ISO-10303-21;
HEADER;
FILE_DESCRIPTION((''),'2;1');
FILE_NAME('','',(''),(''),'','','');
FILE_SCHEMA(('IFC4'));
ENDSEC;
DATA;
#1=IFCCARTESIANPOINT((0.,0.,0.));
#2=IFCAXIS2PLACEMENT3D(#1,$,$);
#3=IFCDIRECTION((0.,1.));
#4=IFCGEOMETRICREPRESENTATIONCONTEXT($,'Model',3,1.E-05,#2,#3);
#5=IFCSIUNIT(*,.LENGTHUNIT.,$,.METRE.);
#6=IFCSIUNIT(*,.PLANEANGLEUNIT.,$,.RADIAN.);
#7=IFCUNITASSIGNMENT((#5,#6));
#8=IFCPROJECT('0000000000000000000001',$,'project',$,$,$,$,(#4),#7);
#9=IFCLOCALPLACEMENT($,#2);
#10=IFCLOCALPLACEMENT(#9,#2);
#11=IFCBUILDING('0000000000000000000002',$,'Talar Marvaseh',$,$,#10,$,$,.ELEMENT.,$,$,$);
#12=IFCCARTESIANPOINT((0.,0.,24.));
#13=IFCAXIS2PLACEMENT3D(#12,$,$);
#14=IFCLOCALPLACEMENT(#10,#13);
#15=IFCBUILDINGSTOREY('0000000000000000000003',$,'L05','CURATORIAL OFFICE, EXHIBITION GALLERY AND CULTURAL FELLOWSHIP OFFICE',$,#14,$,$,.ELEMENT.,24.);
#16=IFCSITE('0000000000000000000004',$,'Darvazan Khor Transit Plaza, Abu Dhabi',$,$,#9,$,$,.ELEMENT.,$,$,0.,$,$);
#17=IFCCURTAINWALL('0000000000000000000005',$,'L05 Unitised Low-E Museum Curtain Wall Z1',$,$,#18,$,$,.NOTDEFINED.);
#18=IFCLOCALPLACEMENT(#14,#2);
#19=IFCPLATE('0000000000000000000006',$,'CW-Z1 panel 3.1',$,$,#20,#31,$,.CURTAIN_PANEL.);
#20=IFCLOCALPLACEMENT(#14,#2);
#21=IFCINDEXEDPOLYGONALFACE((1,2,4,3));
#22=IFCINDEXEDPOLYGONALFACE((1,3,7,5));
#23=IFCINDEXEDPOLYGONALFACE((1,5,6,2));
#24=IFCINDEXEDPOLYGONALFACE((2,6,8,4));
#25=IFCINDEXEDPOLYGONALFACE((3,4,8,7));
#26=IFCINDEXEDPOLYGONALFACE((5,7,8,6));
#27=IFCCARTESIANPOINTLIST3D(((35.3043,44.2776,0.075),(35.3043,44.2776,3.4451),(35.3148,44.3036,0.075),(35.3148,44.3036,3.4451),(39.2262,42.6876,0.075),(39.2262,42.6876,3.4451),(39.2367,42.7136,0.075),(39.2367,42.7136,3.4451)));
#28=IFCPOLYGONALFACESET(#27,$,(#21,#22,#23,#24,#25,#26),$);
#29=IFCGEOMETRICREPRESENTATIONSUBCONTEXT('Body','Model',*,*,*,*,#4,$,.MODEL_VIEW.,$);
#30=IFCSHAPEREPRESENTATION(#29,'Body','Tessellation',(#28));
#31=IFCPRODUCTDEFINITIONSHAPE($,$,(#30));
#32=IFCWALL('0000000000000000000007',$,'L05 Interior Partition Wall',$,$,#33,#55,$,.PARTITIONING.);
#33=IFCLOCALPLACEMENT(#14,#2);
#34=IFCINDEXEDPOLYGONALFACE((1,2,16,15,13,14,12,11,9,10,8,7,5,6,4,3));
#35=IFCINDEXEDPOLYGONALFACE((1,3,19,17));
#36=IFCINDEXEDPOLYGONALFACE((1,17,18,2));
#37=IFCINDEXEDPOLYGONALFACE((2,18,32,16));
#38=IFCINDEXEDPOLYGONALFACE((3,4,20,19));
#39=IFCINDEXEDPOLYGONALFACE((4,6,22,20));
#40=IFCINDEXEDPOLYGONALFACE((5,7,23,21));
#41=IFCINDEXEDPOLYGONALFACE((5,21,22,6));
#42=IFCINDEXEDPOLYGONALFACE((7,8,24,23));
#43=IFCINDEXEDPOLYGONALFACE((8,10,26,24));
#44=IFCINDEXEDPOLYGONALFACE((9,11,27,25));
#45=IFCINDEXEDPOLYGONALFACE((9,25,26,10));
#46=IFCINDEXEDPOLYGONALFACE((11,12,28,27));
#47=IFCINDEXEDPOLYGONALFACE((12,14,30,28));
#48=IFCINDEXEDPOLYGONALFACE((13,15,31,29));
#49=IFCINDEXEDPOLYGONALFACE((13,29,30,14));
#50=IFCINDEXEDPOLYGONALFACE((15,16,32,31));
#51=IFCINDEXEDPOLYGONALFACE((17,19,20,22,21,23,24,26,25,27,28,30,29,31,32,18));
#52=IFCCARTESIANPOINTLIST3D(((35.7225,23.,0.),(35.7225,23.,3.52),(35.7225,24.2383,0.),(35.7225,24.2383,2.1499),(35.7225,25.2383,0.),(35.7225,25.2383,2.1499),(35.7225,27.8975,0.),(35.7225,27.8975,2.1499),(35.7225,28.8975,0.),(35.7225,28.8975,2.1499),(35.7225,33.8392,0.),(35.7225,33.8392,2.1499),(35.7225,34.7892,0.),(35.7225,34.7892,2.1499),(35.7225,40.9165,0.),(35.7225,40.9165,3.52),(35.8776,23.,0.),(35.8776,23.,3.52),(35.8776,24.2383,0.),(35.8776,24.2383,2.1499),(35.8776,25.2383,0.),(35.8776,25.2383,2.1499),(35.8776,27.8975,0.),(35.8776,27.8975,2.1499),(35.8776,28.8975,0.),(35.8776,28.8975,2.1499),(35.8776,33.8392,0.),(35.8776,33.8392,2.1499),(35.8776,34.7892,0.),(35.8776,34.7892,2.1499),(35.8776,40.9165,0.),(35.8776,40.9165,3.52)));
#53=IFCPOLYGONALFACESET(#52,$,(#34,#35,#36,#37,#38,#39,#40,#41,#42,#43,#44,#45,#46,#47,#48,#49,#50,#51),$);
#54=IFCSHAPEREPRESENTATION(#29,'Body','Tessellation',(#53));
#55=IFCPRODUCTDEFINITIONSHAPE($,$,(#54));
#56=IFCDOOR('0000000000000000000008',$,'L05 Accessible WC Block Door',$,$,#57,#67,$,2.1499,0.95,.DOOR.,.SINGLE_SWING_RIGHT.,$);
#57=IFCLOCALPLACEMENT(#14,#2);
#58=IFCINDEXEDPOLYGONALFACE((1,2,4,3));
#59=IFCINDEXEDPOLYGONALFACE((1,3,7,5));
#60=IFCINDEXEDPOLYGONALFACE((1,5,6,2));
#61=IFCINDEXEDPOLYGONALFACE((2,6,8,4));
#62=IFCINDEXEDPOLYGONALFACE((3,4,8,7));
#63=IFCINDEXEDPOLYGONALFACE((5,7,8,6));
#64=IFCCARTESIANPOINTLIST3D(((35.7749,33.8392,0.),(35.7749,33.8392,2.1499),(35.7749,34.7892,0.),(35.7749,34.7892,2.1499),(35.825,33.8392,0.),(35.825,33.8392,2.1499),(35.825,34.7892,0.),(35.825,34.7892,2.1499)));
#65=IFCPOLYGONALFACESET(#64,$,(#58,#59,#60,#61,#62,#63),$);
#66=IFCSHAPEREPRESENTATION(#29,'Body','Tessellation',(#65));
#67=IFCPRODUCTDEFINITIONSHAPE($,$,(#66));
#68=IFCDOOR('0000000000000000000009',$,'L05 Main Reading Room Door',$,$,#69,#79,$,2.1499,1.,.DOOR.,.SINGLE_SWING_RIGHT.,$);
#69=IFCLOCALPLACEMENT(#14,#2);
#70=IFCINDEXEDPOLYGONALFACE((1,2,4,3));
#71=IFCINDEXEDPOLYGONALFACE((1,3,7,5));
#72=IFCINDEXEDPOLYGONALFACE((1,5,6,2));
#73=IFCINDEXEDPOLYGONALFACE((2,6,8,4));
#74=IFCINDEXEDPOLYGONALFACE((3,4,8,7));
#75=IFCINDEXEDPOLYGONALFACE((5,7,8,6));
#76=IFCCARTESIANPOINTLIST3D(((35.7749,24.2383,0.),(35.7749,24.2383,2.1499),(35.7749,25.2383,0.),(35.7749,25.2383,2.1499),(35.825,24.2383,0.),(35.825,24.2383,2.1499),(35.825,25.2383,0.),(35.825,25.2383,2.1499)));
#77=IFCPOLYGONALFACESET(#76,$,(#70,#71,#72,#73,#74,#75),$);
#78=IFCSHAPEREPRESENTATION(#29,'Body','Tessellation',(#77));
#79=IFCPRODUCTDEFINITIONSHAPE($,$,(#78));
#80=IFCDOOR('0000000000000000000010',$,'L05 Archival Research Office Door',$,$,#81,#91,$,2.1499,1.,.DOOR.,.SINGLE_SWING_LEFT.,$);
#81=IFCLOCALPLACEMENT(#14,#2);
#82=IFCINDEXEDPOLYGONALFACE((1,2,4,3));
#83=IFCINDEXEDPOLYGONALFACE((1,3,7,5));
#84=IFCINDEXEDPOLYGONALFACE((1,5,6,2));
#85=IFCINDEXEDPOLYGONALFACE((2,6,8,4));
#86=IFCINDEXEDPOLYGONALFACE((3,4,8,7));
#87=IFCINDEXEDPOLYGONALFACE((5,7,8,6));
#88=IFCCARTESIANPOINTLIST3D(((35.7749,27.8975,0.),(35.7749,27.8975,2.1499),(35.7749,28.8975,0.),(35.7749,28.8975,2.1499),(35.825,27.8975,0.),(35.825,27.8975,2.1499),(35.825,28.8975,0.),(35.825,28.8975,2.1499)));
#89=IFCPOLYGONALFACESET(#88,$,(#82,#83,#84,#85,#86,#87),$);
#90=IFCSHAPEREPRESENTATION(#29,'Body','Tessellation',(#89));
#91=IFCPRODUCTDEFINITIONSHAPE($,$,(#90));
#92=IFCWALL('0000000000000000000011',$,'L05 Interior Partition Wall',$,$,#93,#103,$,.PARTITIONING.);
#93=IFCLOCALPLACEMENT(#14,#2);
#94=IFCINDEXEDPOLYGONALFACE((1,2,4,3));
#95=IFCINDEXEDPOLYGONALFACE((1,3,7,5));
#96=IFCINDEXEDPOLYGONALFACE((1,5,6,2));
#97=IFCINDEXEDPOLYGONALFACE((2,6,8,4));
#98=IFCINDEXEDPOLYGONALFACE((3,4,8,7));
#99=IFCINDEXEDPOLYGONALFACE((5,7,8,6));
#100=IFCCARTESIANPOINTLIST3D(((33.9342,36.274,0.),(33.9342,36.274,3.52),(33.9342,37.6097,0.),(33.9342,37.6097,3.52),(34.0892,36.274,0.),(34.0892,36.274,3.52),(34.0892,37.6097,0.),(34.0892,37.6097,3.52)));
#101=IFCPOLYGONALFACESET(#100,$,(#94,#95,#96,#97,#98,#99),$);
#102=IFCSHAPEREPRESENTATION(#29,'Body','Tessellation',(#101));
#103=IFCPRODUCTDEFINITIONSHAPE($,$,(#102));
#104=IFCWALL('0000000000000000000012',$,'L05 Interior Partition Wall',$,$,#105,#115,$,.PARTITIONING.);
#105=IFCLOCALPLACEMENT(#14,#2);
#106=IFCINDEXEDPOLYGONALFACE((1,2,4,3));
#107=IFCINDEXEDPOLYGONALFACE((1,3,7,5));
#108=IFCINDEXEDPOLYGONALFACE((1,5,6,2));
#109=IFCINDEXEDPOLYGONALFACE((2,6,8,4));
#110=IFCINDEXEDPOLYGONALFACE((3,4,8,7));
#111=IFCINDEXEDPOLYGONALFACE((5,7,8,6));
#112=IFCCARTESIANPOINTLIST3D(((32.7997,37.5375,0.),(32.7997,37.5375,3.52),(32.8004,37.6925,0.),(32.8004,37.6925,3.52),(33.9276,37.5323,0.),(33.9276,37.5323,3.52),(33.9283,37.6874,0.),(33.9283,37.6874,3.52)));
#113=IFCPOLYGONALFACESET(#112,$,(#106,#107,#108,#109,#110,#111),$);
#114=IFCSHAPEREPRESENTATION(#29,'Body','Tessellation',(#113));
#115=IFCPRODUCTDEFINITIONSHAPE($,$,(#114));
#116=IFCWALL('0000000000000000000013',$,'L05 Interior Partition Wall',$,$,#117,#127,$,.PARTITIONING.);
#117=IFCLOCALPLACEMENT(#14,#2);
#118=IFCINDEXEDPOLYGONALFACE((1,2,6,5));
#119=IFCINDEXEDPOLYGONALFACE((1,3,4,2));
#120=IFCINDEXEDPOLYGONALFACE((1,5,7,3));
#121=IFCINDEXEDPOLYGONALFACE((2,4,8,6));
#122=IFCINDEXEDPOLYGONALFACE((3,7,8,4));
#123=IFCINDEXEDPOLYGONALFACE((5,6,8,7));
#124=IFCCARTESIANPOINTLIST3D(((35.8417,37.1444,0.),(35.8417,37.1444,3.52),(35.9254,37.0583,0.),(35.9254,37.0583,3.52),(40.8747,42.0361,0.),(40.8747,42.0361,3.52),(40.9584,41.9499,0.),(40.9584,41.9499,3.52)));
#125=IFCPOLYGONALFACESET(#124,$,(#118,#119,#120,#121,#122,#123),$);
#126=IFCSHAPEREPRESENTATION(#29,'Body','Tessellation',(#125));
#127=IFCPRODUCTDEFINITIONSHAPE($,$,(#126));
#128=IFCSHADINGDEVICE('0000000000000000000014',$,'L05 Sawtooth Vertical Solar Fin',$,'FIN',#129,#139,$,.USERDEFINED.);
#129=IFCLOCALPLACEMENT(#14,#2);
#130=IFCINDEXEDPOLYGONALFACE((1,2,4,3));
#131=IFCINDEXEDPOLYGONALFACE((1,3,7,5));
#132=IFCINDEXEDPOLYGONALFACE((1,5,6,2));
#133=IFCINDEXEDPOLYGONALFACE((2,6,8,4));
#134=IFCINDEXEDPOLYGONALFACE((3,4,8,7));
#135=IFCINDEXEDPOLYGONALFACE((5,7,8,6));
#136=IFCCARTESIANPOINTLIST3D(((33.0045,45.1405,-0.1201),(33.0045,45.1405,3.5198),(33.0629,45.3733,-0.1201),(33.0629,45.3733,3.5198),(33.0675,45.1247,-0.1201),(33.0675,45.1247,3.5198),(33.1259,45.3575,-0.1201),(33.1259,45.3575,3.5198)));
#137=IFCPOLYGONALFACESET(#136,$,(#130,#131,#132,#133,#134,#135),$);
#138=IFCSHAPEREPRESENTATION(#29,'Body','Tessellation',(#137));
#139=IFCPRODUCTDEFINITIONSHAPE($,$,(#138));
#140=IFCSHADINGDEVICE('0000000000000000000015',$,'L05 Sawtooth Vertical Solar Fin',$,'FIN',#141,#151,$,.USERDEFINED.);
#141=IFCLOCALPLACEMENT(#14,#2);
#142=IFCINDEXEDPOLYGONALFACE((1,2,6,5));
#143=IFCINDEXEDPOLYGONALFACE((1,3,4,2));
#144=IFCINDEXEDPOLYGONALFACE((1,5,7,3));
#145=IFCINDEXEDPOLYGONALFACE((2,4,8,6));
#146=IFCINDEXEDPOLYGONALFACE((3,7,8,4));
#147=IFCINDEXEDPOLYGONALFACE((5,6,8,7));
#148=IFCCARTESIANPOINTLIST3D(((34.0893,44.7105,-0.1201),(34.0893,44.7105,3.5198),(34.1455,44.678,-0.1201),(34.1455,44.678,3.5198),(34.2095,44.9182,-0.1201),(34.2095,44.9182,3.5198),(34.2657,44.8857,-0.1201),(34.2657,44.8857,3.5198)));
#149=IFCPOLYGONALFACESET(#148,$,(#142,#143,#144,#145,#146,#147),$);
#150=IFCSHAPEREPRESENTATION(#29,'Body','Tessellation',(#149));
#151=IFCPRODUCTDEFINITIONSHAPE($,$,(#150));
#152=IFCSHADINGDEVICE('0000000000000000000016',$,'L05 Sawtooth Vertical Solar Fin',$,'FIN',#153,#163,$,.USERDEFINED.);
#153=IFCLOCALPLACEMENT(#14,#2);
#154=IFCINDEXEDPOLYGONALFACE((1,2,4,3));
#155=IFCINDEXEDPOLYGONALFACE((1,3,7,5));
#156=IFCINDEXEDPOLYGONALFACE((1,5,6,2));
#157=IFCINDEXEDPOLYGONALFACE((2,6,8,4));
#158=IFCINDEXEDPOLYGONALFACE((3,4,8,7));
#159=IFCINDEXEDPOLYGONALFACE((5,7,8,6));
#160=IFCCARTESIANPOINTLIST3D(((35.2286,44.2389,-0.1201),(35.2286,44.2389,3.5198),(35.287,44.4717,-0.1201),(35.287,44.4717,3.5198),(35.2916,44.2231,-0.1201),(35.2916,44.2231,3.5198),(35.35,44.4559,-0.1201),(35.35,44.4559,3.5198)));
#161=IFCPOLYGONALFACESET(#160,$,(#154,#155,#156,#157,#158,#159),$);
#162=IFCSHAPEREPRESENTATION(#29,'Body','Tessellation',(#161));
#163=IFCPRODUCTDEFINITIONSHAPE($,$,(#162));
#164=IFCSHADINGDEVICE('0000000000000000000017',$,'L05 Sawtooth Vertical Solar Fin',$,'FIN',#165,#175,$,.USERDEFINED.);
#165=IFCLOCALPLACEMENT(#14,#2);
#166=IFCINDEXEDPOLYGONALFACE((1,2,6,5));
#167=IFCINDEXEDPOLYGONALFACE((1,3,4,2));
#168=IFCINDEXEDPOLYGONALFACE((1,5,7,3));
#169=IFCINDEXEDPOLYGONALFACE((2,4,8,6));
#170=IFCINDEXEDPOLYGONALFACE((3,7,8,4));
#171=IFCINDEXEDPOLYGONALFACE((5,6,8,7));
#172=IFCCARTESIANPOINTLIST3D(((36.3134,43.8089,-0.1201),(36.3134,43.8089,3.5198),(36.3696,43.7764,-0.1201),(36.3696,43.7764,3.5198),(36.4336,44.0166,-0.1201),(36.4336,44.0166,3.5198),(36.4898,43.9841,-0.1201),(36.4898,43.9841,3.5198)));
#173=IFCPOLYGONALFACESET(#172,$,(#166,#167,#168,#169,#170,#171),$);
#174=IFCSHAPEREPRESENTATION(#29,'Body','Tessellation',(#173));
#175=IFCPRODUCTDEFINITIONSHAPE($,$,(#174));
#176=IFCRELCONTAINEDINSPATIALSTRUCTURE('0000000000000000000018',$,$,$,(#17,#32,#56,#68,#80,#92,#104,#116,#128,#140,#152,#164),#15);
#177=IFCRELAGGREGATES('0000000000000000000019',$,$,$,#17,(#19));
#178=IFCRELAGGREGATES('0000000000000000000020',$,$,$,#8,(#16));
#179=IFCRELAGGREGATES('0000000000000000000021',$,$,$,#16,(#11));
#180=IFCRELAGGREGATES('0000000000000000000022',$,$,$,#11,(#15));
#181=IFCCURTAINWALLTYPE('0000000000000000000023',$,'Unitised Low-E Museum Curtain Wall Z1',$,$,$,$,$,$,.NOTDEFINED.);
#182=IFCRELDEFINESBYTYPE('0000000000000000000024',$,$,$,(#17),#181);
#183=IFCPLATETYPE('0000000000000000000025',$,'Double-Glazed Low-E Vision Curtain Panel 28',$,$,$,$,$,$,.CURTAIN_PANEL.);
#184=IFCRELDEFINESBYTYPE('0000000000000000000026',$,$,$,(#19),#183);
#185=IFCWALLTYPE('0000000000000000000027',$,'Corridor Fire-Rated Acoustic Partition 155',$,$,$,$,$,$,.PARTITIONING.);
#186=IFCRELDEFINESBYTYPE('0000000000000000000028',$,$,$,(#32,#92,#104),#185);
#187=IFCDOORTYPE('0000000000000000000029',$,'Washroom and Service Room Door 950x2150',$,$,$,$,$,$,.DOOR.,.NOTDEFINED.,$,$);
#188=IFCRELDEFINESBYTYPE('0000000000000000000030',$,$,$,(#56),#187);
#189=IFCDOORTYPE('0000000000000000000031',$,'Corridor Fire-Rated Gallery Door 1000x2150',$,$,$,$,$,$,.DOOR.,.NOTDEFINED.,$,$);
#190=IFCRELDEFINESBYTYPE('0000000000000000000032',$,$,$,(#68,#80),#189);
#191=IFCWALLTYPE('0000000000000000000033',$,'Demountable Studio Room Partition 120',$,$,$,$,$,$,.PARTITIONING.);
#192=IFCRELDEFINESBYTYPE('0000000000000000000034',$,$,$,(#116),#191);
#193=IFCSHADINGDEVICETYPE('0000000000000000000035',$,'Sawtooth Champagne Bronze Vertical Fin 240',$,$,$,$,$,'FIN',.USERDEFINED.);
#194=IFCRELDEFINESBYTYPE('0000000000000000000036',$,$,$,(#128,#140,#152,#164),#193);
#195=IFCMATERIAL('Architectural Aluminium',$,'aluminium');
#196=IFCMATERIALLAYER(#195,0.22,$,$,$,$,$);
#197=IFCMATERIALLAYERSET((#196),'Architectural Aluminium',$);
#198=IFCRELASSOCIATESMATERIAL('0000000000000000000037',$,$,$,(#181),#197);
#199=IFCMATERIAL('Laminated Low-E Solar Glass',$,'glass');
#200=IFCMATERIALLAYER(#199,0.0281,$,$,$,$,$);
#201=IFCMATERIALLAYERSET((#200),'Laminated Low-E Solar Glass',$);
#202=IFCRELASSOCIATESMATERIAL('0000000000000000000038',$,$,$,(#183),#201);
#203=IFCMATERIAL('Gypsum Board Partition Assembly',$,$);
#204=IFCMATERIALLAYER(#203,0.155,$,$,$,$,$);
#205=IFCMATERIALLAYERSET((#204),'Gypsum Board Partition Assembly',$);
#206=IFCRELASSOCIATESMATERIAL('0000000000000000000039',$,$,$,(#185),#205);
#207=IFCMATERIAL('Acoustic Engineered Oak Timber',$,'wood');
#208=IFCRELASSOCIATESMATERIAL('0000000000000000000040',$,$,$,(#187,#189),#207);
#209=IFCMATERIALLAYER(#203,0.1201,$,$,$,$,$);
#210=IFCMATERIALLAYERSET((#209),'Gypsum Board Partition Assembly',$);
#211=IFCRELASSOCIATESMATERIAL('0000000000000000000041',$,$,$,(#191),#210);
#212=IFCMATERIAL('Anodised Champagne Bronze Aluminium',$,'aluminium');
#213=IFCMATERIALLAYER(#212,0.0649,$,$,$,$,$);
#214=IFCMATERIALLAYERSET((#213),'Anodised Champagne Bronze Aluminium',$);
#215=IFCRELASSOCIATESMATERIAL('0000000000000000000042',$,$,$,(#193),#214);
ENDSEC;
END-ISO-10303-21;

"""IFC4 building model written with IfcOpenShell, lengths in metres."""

from ifc_helpers import new_model, si_unit, direction, frame, frame_2d, origin, origin_2d, place, context, subcontext, project, spatial, rectangle, extrude, source, transform, mapped, material, layer, layer_set, type_object, type_shapes, element, fill, aggregate, save


model = new_model("IFC4")

# Units and contexts
model_context = context("Model", 3, precision=1e-05, world=origin(), true_north=direction((0.0, 1.0)))
body_context = subcontext(model_context, "Body", "Model", "MODEL_VIEW")
ifc_project = project(units=[si_unit("LENGTHUNIT", "METRE"), si_unit("PLANEANGLEUNIT", "RADIAN")], contexts=[model_context])

# Site, building, storey
site_placement = place(None, origin())
site = spatial("IfcSite", under=ifc_project, at=site_placement, Name="Darvazan Khor Transit Plaza, Abu Dhabi", CompositionType="ELEMENT", RefElevation=0.0)
building_placement = place(site_placement, origin())
building = spatial("IfcBuilding", under=site, at=building_placement, Name="Talar Marvaseh", CompositionType="ELEMENT")
storey_placement = place(building_placement, frame((0.0, 0.0, 24.0)))
storey = spatial("IfcBuildingStorey", under=building, at=storey_placement, Name="L05", Description="CURATORIAL OFFICE, EXHIBITION GALLERY AND CULTURAL FELLOWSHIP OFFICE", CompositionType="ELEMENT", Elevation=24.0)

# Curtain wall, plate
ifc_material_1 = material(Name="Architectural Aluminium", Category="aluminium")
ifc_layer_1 = layer(ifc_material_1, 0.22)
ifc_layer_set_1 = layer_set([ifc_layer_1], Name="Architectural Aluminium")
curtain_wall_type = type_object("IfcCurtainWallType", Name="Unitised Low-E Museum Curtain Wall Z1", PredefinedType="NOTDEFINED", material=ifc_layer_set_1)
curtain_wall_placement = place(storey_placement, origin())
curtain_wall = element("IfcCurtainWall", 1, at=curtain_wall_placement, inside=storey, type_object=curtain_wall_type, Name="L05 Unitised Low-E Museum Curtain Wall Z1", PredefinedType="NOTDEFINED")
ifc_material_2 = material(Name="Laminated Low-E Solar Glass", Category="glass")
ifc_layer_2 = layer(ifc_material_2, 0.0281)
ifc_layer_set_2 = layer_set([ifc_layer_2], Name="Laminated Low-E Solar Glass")
plate_type = type_object("IfcPlateType", Name="Double-Glazed Low-E Vision Curtain Panel 28", PredefinedType="CURTAIN_PANEL", material=ifc_layer_set_2)
shared_shape_1 = source(origin(), body_context, "Body", "SweptSolid", [
    extrude(rectangle(XDim=4.2319, YDim=0.0281, at=origin_2d()), origin(), (0.0, 0.0, 1.0), 3.3701),
])
type_shapes(plate_type, [shared_shape_1])
plate_1_placement = place(storey_placement, frame((37.2705, 43.4956, 0.075), z_axis=(0.0, 0.0, 1.0), x_axis=(0.926739, -0.375705, 0.0)))
plate_1 = element("IfcPlate", 2, at=plate_1_placement, type_object=plate_type, Name="CW-Z1 panel 3.1", PredefinedType="CURTAIN_PANEL", context=body_context, shape_type="MappedRepresentation", body=[
    mapped(shared_shape_1, transform((0.0, 0.0, 0.0), x_axis=(1.0, 0.0, 0.0), y_axis=(0.0, 1.0, 0.0), z_axis=(0.0, 0.0, 1.0), scale=1.0)),
])
aggregate(curtain_wall, [plate_1])

# Wall, openings, doors
ifc_material_3 = material(Name="Gypsum Board Partition Assembly")
ifc_layer_3 = layer(ifc_material_3, 0.155)
ifc_layer_set_3 = layer_set([ifc_layer_3], Name="Gypsum Board Partition Assembly")
wall_type_1 = type_object("IfcWallType", Name="Corridor Fire-Rated Acoustic Partition 155", PredefinedType="PARTITIONING", material=ifc_layer_set_3)
wall_1_placement = place(storey_placement, frame((35.8, 40.9165, 0.0), z_axis=(0.0, 0.0, 1.0), x_axis=(0.0, -1.0, 0.0)))
wall_1 = element("IfcWall", 3, at=wall_1_placement, inside=storey, type_object=wall_type_1, Name="L05 Interior Partition Wall", PredefinedType="PARTITIONING", context=body_context, shape_type="SweptSolid", body=[
    extrude(rectangle(XDim=17.9165, YDim=0.155, at=frame_2d((8.9583, 0.0))), origin(), (0.0, 0.0, 1.0), 3.52),
])
opening_1_placement = place(wall_1_placement, frame((15.6782, 0.0, 0.0)))
opening_1 = element("IfcOpeningElement", 4, at=opening_1_placement, cuts=wall_1, PredefinedType="OPENING", context=body_context, shape_type="SweptSolid", body=[
    extrude(rectangle(XDim=1.0, YDim=2.1499, at=frame_2d((0.5, 1.075))), frame((0.0, 0.0874, 0.0), z_axis=(0.0, -1.0, 0.0), x_axis=(1.0, 0.0, 0.0)), (0.0, 0.0, 1.0), 0.175),
])
opening_2_placement = place(wall_1_placement, frame((12.019, 0.0, 0.0)))
opening_2 = element("IfcOpeningElement", 5, at=opening_2_placement, cuts=wall_1, PredefinedType="OPENING", context=body_context, shape_type="SweptSolid", body=[
    extrude(rectangle(XDim=1.0, YDim=2.1499, at=frame_2d((0.5, 1.075))), frame((0.0, 0.0874, 0.0), z_axis=(0.0, -1.0, 0.0), x_axis=(1.0, 0.0, 0.0)), (0.0, 0.0, 1.0), 0.175),
])
opening_3_placement = place(wall_1_placement, frame((6.1272, 0.0, 0.0)))
opening_3 = element("IfcOpeningElement", 6, at=opening_3_placement, cuts=wall_1, PredefinedType="OPENING", context=body_context, shape_type="SweptSolid", body=[
    extrude(rectangle(XDim=0.95, YDim=2.1499, at=frame_2d((0.4751, 1.075))), frame((0.0, 0.0874, 0.0), z_axis=(0.0, -1.0, 0.0), x_axis=(1.0, 0.0, 0.0)), (0.0, 0.0, 1.0), 0.175),
])
ifc_material_4 = material(Name="Acoustic Engineered Oak Timber", Category="wood")
door_type_1 = type_object("IfcDoorType", Name="Washroom and Service Room Door 950x2150", OperationType="NOTDEFINED", PredefinedType="DOOR", material=ifc_material_4)
shared_shape_2 = source(origin(), body_context, "Body", "SweptSolid", [
    extrude(rectangle(XDim=0.95, YDim=2.1499, at=frame_2d((0.4751, 1.075))), frame((0.0, 0.0249, 0.0), z_axis=(0.0, -1.0, 0.0), x_axis=(1.0, 0.0, 0.0)), (0.0, 0.0, 1.0), 0.05),
])
type_shapes(door_type_1, [shared_shape_2])
door_1_placement = place(opening_3_placement, origin())
door_1 = element("IfcDoor", 7, at=door_1_placement, inside=storey, type_object=door_type_1, Name="L05 Accessible WC Block Door", OperationType="SINGLE_SWING_RIGHT", OverallHeight=2.1499, OverallWidth=0.95, PredefinedType="DOOR", context=body_context, shape_type="MappedRepresentation", body=[
    mapped(shared_shape_2, transform((0.0, 0.0, 0.0), x_axis=(1.0, 0.0, 0.0), y_axis=(0.0, 1.0, 0.0), z_axis=(0.0, 0.0, 1.0), scale=1.0)),
])
fill(opening_3, door_1)
door_type_2 = type_object("IfcDoorType", Name="Corridor Fire-Rated Gallery Door 1000x2150", OperationType="NOTDEFINED", PredefinedType="DOOR", material=ifc_material_4)
shared_shape_3 = source(origin(), body_context, "Body", "SweptSolid", [
    extrude(rectangle(XDim=1.0, YDim=2.1499, at=frame_2d((0.5, 1.075))), frame((0.0, 0.0249, 0.0), z_axis=(0.0, -1.0, 0.0), x_axis=(1.0, 0.0, 0.0)), (0.0, 0.0, 1.0), 0.05),
])
type_shapes(door_type_2, [shared_shape_3])
door_2_placement = place(opening_1_placement, origin())
door_2 = element("IfcDoor", 8, at=door_2_placement, inside=storey, type_object=door_type_2, Name="L05 Main Reading Room Door", OperationType="SINGLE_SWING_RIGHT", OverallHeight=2.1499, OverallWidth=1.0, PredefinedType="DOOR", context=body_context, shape_type="MappedRepresentation", body=[
    mapped(shared_shape_3, transform((0.0, 0.0, 0.0), x_axis=(1.0, 0.0, 0.0), y_axis=(0.0, 1.0, 0.0), z_axis=(0.0, 0.0, 1.0), scale=1.0)),
])
fill(opening_1, door_2)
door_3_placement = place(opening_2_placement, origin())
door_3 = element("IfcDoor", 9, at=door_3_placement, inside=storey, type_object=door_type_2, Name="L05 Archival Research Office Door", OperationType="SINGLE_SWING_LEFT", OverallHeight=2.1499, OverallWidth=1.0, PredefinedType="DOOR", context=body_context, shape_type="MappedRepresentation", body=[
    mapped(shared_shape_3, transform((0.0, 0.0, 0.0), x_axis=(1.0, 0.0, 0.0), y_axis=(0.0, 1.0, 0.0), z_axis=(0.0, 0.0, 1.0), scale=1.0)),
])
fill(opening_2, door_3)

# Walls
wall_2_placement = place(storey_placement, frame((34.0117, 36.2739, 0.0), z_axis=(0.0, 0.0, 1.0), x_axis=(0.0, 1.0, 0.0)))
element("IfcWall", 10, at=wall_2_placement, inside=storey, type_object=wall_type_1, Name="L05 Interior Partition Wall", PredefinedType="PARTITIONING", context=body_context, shape_type="SweptSolid", body=[
    extrude(rectangle(XDim=1.3357, YDim=0.155, at=frame_2d((0.668, 0.0))), origin(), (0.0, 0.0, 1.0), 3.52),
])
wall_3_placement = place(storey_placement, frame((33.928, 37.6099, 0.0), z_axis=(0.0, 0.0, 1.0), x_axis=(-0.99999, 0.004545, 0.0)))
element("IfcWall", 11, at=wall_3_placement, inside=storey, type_object=wall_type_1, Name="L05 Interior Partition Wall", PredefinedType="PARTITIONING", context=body_context, shape_type="SweptSolid", body=[
    extrude(rectangle(XDim=1.1279, YDim=0.155, at=frame_2d((0.564, 0.0))), origin(), (0.0, 0.0, 1.0), 3.52),
])
ifc_layer_4 = layer(ifc_material_3, 0.1201)
ifc_layer_set_4 = layer_set([ifc_layer_4], Name="Gypsum Board Partition Assembly")
wall_type_2 = type_object("IfcWallType", Name="Demountable Studio Room Partition 120", PredefinedType="PARTITIONING", material=ifc_layer_set_4)
wall_4_placement = place(storey_placement, frame((35.8835, 37.1013, 0.0), z_axis=(0.0, 0.0, 1.0), x_axis=(0.717106, 0.696965, 0.0)))
element("IfcWall", 12, at=wall_4_placement, inside=storey, type_object=wall_type_2, Name="L05 Interior Partition Wall", PredefinedType="PARTITIONING", context=body_context, shape_type="SweptSolid", body=[
    extrude(rectangle(XDim=7.0186, YDim=0.1201, at=frame_2d((3.5093, 0.0))), origin(), (0.0, 0.0, 1.0), 3.52),
])

# Shading devices
ifc_material_5 = material(Name="Anodised Champagne Bronze Aluminium", Category="aluminium")
ifc_layer_5 = layer(ifc_material_5, 0.0649)
ifc_layer_set_5 = layer_set([ifc_layer_5], Name="Anodised Champagne Bronze Aluminium")
shading_device_type = type_object("IfcShadingDeviceType", Name="Sawtooth Champagne Bronze Vertical Fin 240", ElementType="FIN", PredefinedType="USERDEFINED", material=ifc_layer_set_5)
shared_shape_4 = source(origin(), body_context, "Body", "SweptSolid", [
    extrude(rectangle(XDim=0.24, YDim=0.0649, at=origin_2d()), origin(), (0.0, 0.0, 1.0), 3.6399),
])
type_shapes(shading_device_type, [shared_shape_4])
for number, where, z_axis, x_axis, name in (
    (13, (33.0652, 45.249, -0.1201), (0.0, 0.0, 1.0), (0.243107, 0.969999, 0.0), "L05 Sawtooth Vertical Solar Fin"),
    (14, (34.1775, 44.7981, -0.1201), (0.0, 0.0, 1.0), (0.501058, 0.865414, 0.0), "L05 Sawtooth Vertical Solar Fin"),
    (15, (35.2893, 44.3474, -0.1201), (0.0, 0.0, 1.0), (0.243107, 0.969999, 0.0), "L05 Sawtooth Vertical Solar Fin"),
    (16, (36.4016, 43.8965, -0.1201), (0.0, 0.0, 1.0), (0.501058, 0.865414, 0.0), "L05 Sawtooth Vertical Solar Fin"),
):
    element("IfcShadingDevice", number, at=place(storey_placement, frame(where, z_axis=z_axis, x_axis=x_axis)), inside=storey, type_object=shading_device_type, Name=name, ObjectType="FIN", PredefinedType="USERDEFINED", context=body_context, shape_type="MappedRepresentation", body=[
        mapped(shared_shape_4, transform((0.0, 0.0, 0.0), x_axis=(1.0, 0.0, 0.0), y_axis=(0.0, 1.0, 0.0), z_axis=(0.0, 0.0, 1.0), scale=1.0)),
    ])

save(model, "model.ifc")
